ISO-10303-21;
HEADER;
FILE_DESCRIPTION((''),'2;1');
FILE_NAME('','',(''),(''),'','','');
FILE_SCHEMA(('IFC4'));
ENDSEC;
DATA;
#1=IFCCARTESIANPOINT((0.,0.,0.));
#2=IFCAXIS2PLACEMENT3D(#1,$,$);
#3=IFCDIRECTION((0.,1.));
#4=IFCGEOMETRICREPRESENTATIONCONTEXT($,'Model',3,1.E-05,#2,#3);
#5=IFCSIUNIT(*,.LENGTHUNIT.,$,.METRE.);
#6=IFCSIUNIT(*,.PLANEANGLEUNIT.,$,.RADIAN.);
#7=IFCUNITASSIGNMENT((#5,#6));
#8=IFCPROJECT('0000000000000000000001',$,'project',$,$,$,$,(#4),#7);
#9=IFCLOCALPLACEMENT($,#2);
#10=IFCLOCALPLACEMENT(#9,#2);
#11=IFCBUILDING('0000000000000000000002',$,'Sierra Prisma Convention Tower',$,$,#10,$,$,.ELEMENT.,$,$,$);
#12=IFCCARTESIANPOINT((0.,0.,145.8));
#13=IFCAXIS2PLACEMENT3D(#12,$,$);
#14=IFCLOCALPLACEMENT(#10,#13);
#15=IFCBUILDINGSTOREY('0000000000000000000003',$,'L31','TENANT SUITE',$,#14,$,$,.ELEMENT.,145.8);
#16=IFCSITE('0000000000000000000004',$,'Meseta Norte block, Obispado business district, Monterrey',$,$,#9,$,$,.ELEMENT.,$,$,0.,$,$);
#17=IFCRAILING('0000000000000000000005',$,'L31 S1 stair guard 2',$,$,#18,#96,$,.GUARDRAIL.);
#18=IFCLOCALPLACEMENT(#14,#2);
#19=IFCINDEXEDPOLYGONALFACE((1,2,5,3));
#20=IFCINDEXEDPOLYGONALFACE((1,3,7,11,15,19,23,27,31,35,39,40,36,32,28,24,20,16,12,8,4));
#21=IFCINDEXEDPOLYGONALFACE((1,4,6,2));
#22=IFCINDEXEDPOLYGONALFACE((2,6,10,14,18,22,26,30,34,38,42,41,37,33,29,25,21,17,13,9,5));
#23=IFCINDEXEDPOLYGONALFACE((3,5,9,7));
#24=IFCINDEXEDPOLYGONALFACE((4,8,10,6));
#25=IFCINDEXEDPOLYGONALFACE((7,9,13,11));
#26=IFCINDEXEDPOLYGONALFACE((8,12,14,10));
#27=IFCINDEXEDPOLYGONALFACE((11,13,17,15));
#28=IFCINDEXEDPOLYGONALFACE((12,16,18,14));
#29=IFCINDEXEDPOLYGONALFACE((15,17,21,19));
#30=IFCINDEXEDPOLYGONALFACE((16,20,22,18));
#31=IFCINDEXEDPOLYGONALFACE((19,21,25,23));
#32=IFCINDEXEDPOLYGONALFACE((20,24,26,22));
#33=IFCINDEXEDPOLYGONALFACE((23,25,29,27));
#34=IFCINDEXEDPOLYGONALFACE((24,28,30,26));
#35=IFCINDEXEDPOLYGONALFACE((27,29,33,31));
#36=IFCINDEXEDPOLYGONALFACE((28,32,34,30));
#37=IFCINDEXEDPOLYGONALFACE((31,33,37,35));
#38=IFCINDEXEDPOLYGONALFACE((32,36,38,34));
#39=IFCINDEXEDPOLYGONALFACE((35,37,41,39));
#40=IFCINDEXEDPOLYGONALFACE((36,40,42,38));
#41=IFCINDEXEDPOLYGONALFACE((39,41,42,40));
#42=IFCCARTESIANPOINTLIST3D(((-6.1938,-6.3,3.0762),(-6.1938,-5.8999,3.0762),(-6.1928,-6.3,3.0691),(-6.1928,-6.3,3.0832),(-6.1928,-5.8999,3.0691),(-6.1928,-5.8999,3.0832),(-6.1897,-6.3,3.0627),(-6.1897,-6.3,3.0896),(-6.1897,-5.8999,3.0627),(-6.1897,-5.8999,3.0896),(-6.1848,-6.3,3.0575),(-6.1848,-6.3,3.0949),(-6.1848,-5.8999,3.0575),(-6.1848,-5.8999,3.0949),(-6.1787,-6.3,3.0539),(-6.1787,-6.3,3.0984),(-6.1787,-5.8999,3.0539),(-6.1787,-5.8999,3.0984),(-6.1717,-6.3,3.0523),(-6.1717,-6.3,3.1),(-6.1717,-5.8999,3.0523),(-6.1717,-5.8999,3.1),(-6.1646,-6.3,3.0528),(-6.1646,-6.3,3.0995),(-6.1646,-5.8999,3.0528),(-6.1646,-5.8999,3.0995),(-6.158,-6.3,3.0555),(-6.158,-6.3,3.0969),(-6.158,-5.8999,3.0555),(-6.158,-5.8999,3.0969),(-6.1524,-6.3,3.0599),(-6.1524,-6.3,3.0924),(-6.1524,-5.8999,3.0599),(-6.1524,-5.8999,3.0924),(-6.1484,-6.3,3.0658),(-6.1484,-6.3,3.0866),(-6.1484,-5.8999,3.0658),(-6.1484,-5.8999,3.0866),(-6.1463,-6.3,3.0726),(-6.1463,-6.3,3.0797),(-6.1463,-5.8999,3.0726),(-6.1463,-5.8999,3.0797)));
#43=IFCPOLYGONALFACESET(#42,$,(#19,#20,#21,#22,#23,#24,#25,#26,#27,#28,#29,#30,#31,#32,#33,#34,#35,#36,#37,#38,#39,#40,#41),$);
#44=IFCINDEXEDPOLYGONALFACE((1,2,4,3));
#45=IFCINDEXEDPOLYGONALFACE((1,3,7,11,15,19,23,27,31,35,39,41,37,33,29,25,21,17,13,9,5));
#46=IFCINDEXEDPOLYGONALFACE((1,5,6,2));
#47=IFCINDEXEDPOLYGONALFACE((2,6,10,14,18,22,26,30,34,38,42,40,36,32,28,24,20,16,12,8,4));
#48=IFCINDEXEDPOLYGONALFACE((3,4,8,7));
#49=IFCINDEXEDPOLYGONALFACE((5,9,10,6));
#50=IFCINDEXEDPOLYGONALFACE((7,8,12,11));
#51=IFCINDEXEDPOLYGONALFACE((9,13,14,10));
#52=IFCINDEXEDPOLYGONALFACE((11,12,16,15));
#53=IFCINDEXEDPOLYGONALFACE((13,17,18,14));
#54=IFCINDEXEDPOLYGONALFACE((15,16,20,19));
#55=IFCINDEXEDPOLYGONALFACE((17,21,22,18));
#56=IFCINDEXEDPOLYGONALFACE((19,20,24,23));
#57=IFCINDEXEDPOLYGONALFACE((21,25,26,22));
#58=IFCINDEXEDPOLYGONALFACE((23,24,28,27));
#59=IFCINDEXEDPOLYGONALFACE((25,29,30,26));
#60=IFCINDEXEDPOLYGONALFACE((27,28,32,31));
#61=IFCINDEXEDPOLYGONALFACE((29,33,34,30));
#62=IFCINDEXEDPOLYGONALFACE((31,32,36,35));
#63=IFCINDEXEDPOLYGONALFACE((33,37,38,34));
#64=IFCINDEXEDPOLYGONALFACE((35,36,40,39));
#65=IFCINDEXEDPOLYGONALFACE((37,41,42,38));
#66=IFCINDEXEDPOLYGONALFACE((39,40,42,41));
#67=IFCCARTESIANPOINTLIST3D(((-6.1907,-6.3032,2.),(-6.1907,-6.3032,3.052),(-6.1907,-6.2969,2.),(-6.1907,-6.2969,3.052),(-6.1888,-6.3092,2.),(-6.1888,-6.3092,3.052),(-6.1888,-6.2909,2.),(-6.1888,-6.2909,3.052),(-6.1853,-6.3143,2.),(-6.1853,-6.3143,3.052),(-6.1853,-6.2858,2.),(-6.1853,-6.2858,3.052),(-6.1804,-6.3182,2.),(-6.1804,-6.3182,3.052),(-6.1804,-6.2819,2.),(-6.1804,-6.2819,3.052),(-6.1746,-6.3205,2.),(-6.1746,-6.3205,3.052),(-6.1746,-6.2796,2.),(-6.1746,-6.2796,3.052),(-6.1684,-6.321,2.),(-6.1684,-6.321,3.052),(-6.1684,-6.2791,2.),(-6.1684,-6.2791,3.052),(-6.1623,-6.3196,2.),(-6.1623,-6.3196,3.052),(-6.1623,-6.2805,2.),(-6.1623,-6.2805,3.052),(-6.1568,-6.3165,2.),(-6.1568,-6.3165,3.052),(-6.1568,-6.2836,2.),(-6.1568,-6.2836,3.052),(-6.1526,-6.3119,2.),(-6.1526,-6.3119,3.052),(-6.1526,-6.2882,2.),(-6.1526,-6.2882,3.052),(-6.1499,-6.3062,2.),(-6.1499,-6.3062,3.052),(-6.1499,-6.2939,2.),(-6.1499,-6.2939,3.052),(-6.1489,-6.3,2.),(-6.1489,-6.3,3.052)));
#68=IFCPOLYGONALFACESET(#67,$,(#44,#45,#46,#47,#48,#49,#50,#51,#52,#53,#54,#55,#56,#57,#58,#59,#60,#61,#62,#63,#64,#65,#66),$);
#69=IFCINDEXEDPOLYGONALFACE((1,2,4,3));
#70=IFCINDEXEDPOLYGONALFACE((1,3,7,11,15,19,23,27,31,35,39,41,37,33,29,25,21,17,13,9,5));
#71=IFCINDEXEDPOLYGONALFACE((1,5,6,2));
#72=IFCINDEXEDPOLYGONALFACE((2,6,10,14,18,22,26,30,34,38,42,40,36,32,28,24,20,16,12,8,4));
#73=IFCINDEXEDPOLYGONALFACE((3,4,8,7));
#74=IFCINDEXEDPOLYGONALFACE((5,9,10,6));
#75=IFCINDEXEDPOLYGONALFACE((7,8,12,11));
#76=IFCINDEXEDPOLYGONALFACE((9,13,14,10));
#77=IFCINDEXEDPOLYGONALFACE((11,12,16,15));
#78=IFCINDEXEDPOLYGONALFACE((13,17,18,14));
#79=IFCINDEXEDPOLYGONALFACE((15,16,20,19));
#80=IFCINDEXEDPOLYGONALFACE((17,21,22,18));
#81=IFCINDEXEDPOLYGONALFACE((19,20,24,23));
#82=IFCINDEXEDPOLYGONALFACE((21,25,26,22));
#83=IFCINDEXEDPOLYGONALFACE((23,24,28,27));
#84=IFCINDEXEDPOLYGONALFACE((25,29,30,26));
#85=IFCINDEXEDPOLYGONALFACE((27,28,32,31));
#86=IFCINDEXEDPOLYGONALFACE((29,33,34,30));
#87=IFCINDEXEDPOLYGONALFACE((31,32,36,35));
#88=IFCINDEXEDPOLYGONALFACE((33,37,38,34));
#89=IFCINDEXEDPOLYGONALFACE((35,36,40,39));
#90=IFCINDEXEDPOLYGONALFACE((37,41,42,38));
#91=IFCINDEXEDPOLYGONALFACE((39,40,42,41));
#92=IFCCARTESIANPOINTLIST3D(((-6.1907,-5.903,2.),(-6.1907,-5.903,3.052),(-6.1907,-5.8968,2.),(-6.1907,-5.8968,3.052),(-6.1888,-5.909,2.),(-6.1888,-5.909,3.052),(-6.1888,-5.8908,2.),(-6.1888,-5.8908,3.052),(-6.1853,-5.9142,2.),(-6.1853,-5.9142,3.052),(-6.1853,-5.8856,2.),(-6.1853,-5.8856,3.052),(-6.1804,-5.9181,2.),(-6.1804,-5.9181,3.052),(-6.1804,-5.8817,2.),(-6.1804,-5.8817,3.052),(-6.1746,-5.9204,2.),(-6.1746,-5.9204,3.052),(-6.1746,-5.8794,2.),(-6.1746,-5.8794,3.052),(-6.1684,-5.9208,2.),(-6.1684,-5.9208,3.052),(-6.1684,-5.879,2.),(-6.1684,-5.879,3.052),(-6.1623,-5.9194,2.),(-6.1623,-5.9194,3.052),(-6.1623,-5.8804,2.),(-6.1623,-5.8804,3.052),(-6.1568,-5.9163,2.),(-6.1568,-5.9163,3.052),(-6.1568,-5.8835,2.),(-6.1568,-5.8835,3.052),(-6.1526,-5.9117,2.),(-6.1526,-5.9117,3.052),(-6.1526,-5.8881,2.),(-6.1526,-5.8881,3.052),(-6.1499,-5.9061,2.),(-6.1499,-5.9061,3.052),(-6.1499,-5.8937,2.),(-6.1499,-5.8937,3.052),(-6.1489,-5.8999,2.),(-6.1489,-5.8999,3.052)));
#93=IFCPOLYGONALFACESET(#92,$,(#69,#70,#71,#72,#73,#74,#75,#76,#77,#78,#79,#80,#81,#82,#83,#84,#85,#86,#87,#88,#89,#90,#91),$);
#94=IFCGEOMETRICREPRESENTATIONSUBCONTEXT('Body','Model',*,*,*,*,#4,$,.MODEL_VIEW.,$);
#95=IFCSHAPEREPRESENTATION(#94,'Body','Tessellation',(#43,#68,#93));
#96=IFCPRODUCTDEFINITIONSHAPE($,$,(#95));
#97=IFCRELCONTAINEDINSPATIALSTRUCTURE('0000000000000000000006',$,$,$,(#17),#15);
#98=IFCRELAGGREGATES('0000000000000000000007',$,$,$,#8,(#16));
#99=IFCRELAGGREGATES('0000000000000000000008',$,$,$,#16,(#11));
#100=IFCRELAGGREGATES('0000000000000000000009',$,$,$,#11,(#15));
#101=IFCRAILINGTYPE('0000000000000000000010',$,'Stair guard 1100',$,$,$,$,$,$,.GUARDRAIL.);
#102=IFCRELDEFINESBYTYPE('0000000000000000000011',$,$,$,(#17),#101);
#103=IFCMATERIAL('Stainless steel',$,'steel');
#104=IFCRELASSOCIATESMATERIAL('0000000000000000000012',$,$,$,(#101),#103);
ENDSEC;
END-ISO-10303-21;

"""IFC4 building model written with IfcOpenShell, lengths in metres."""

from ifc_helpers import new_model, si_unit, direction, frame, origin, origin_2d, place, context, subcontext, project, spatial, circle, extrude, material, type_object, element, save


model = new_model("IFC4")

# Units and contexts
model_context = context("Model", 3, precision=1e-05, world=origin(), true_north=direction((0.0, 1.0)))
body_context = subcontext(model_context, "Body", "Model", "MODEL_VIEW")
ifc_project = project(units=[si_unit("LENGTHUNIT", "METRE"), si_unit("PLANEANGLEUNIT", "RADIAN")], contexts=[model_context])

# Site, building, storey
site_placement = place(None, origin())
site = spatial("IfcSite", under=ifc_project, at=site_placement, Name="Meseta Norte block, Obispado business district, Monterrey", CompositionType="ELEMENT", RefElevation=0.0)
building_placement = place(site_placement, origin())
building = spatial("IfcBuilding", under=site, at=building_placement, Name="Sierra Prisma Convention Tower", CompositionType="ELEMENT")
storey_placement = place(building_placement, frame((0.0, 0.0, 145.8)))
storey = spatial("IfcBuildingStorey", under=building, at=storey_placement, Name="L31", Description="TENANT SUITE", CompositionType="ELEMENT", Elevation=145.8)

# Railing
ifc_material_1 = material(Name="Stainless steel", Category="steel")
railing_type_1 = type_object("IfcRailingType", Name="Stair guard 1100", PredefinedType="GUARDRAIL", material=ifc_material_1)
railing_1_placement = place(storey_placement, frame((-6.1699, -6.3, 2.0)))
element("IfcRailing", 1, at=railing_1_placement, inside=storey, type_object=railing_type_1, Name="L31 S1 stair guard 2", PredefinedType="GUARDRAIL", context=body_context, shape_type="SweptSolid", body=[
    extrude(circle(Radius=0.0239, at=origin_2d()), frame((0.0, 0.0, 1.0762), z_axis=(0.0, 1.0, 0.0), x_axis=(-1.0, 0.0, 0.0)), (0.0, 0.0, 1.0), 0.4001),
    extrude(circle(Radius=0.021, at=origin_2d()), origin(), (0.0, 0.0, 1.0), 1.052),
    extrude(circle(Radius=0.021, at=origin_2d()), frame((0.0, 0.4001, 0.0)), (0.0, 0.0, 1.0), 1.052),
])

save(model, "model.ifc")
